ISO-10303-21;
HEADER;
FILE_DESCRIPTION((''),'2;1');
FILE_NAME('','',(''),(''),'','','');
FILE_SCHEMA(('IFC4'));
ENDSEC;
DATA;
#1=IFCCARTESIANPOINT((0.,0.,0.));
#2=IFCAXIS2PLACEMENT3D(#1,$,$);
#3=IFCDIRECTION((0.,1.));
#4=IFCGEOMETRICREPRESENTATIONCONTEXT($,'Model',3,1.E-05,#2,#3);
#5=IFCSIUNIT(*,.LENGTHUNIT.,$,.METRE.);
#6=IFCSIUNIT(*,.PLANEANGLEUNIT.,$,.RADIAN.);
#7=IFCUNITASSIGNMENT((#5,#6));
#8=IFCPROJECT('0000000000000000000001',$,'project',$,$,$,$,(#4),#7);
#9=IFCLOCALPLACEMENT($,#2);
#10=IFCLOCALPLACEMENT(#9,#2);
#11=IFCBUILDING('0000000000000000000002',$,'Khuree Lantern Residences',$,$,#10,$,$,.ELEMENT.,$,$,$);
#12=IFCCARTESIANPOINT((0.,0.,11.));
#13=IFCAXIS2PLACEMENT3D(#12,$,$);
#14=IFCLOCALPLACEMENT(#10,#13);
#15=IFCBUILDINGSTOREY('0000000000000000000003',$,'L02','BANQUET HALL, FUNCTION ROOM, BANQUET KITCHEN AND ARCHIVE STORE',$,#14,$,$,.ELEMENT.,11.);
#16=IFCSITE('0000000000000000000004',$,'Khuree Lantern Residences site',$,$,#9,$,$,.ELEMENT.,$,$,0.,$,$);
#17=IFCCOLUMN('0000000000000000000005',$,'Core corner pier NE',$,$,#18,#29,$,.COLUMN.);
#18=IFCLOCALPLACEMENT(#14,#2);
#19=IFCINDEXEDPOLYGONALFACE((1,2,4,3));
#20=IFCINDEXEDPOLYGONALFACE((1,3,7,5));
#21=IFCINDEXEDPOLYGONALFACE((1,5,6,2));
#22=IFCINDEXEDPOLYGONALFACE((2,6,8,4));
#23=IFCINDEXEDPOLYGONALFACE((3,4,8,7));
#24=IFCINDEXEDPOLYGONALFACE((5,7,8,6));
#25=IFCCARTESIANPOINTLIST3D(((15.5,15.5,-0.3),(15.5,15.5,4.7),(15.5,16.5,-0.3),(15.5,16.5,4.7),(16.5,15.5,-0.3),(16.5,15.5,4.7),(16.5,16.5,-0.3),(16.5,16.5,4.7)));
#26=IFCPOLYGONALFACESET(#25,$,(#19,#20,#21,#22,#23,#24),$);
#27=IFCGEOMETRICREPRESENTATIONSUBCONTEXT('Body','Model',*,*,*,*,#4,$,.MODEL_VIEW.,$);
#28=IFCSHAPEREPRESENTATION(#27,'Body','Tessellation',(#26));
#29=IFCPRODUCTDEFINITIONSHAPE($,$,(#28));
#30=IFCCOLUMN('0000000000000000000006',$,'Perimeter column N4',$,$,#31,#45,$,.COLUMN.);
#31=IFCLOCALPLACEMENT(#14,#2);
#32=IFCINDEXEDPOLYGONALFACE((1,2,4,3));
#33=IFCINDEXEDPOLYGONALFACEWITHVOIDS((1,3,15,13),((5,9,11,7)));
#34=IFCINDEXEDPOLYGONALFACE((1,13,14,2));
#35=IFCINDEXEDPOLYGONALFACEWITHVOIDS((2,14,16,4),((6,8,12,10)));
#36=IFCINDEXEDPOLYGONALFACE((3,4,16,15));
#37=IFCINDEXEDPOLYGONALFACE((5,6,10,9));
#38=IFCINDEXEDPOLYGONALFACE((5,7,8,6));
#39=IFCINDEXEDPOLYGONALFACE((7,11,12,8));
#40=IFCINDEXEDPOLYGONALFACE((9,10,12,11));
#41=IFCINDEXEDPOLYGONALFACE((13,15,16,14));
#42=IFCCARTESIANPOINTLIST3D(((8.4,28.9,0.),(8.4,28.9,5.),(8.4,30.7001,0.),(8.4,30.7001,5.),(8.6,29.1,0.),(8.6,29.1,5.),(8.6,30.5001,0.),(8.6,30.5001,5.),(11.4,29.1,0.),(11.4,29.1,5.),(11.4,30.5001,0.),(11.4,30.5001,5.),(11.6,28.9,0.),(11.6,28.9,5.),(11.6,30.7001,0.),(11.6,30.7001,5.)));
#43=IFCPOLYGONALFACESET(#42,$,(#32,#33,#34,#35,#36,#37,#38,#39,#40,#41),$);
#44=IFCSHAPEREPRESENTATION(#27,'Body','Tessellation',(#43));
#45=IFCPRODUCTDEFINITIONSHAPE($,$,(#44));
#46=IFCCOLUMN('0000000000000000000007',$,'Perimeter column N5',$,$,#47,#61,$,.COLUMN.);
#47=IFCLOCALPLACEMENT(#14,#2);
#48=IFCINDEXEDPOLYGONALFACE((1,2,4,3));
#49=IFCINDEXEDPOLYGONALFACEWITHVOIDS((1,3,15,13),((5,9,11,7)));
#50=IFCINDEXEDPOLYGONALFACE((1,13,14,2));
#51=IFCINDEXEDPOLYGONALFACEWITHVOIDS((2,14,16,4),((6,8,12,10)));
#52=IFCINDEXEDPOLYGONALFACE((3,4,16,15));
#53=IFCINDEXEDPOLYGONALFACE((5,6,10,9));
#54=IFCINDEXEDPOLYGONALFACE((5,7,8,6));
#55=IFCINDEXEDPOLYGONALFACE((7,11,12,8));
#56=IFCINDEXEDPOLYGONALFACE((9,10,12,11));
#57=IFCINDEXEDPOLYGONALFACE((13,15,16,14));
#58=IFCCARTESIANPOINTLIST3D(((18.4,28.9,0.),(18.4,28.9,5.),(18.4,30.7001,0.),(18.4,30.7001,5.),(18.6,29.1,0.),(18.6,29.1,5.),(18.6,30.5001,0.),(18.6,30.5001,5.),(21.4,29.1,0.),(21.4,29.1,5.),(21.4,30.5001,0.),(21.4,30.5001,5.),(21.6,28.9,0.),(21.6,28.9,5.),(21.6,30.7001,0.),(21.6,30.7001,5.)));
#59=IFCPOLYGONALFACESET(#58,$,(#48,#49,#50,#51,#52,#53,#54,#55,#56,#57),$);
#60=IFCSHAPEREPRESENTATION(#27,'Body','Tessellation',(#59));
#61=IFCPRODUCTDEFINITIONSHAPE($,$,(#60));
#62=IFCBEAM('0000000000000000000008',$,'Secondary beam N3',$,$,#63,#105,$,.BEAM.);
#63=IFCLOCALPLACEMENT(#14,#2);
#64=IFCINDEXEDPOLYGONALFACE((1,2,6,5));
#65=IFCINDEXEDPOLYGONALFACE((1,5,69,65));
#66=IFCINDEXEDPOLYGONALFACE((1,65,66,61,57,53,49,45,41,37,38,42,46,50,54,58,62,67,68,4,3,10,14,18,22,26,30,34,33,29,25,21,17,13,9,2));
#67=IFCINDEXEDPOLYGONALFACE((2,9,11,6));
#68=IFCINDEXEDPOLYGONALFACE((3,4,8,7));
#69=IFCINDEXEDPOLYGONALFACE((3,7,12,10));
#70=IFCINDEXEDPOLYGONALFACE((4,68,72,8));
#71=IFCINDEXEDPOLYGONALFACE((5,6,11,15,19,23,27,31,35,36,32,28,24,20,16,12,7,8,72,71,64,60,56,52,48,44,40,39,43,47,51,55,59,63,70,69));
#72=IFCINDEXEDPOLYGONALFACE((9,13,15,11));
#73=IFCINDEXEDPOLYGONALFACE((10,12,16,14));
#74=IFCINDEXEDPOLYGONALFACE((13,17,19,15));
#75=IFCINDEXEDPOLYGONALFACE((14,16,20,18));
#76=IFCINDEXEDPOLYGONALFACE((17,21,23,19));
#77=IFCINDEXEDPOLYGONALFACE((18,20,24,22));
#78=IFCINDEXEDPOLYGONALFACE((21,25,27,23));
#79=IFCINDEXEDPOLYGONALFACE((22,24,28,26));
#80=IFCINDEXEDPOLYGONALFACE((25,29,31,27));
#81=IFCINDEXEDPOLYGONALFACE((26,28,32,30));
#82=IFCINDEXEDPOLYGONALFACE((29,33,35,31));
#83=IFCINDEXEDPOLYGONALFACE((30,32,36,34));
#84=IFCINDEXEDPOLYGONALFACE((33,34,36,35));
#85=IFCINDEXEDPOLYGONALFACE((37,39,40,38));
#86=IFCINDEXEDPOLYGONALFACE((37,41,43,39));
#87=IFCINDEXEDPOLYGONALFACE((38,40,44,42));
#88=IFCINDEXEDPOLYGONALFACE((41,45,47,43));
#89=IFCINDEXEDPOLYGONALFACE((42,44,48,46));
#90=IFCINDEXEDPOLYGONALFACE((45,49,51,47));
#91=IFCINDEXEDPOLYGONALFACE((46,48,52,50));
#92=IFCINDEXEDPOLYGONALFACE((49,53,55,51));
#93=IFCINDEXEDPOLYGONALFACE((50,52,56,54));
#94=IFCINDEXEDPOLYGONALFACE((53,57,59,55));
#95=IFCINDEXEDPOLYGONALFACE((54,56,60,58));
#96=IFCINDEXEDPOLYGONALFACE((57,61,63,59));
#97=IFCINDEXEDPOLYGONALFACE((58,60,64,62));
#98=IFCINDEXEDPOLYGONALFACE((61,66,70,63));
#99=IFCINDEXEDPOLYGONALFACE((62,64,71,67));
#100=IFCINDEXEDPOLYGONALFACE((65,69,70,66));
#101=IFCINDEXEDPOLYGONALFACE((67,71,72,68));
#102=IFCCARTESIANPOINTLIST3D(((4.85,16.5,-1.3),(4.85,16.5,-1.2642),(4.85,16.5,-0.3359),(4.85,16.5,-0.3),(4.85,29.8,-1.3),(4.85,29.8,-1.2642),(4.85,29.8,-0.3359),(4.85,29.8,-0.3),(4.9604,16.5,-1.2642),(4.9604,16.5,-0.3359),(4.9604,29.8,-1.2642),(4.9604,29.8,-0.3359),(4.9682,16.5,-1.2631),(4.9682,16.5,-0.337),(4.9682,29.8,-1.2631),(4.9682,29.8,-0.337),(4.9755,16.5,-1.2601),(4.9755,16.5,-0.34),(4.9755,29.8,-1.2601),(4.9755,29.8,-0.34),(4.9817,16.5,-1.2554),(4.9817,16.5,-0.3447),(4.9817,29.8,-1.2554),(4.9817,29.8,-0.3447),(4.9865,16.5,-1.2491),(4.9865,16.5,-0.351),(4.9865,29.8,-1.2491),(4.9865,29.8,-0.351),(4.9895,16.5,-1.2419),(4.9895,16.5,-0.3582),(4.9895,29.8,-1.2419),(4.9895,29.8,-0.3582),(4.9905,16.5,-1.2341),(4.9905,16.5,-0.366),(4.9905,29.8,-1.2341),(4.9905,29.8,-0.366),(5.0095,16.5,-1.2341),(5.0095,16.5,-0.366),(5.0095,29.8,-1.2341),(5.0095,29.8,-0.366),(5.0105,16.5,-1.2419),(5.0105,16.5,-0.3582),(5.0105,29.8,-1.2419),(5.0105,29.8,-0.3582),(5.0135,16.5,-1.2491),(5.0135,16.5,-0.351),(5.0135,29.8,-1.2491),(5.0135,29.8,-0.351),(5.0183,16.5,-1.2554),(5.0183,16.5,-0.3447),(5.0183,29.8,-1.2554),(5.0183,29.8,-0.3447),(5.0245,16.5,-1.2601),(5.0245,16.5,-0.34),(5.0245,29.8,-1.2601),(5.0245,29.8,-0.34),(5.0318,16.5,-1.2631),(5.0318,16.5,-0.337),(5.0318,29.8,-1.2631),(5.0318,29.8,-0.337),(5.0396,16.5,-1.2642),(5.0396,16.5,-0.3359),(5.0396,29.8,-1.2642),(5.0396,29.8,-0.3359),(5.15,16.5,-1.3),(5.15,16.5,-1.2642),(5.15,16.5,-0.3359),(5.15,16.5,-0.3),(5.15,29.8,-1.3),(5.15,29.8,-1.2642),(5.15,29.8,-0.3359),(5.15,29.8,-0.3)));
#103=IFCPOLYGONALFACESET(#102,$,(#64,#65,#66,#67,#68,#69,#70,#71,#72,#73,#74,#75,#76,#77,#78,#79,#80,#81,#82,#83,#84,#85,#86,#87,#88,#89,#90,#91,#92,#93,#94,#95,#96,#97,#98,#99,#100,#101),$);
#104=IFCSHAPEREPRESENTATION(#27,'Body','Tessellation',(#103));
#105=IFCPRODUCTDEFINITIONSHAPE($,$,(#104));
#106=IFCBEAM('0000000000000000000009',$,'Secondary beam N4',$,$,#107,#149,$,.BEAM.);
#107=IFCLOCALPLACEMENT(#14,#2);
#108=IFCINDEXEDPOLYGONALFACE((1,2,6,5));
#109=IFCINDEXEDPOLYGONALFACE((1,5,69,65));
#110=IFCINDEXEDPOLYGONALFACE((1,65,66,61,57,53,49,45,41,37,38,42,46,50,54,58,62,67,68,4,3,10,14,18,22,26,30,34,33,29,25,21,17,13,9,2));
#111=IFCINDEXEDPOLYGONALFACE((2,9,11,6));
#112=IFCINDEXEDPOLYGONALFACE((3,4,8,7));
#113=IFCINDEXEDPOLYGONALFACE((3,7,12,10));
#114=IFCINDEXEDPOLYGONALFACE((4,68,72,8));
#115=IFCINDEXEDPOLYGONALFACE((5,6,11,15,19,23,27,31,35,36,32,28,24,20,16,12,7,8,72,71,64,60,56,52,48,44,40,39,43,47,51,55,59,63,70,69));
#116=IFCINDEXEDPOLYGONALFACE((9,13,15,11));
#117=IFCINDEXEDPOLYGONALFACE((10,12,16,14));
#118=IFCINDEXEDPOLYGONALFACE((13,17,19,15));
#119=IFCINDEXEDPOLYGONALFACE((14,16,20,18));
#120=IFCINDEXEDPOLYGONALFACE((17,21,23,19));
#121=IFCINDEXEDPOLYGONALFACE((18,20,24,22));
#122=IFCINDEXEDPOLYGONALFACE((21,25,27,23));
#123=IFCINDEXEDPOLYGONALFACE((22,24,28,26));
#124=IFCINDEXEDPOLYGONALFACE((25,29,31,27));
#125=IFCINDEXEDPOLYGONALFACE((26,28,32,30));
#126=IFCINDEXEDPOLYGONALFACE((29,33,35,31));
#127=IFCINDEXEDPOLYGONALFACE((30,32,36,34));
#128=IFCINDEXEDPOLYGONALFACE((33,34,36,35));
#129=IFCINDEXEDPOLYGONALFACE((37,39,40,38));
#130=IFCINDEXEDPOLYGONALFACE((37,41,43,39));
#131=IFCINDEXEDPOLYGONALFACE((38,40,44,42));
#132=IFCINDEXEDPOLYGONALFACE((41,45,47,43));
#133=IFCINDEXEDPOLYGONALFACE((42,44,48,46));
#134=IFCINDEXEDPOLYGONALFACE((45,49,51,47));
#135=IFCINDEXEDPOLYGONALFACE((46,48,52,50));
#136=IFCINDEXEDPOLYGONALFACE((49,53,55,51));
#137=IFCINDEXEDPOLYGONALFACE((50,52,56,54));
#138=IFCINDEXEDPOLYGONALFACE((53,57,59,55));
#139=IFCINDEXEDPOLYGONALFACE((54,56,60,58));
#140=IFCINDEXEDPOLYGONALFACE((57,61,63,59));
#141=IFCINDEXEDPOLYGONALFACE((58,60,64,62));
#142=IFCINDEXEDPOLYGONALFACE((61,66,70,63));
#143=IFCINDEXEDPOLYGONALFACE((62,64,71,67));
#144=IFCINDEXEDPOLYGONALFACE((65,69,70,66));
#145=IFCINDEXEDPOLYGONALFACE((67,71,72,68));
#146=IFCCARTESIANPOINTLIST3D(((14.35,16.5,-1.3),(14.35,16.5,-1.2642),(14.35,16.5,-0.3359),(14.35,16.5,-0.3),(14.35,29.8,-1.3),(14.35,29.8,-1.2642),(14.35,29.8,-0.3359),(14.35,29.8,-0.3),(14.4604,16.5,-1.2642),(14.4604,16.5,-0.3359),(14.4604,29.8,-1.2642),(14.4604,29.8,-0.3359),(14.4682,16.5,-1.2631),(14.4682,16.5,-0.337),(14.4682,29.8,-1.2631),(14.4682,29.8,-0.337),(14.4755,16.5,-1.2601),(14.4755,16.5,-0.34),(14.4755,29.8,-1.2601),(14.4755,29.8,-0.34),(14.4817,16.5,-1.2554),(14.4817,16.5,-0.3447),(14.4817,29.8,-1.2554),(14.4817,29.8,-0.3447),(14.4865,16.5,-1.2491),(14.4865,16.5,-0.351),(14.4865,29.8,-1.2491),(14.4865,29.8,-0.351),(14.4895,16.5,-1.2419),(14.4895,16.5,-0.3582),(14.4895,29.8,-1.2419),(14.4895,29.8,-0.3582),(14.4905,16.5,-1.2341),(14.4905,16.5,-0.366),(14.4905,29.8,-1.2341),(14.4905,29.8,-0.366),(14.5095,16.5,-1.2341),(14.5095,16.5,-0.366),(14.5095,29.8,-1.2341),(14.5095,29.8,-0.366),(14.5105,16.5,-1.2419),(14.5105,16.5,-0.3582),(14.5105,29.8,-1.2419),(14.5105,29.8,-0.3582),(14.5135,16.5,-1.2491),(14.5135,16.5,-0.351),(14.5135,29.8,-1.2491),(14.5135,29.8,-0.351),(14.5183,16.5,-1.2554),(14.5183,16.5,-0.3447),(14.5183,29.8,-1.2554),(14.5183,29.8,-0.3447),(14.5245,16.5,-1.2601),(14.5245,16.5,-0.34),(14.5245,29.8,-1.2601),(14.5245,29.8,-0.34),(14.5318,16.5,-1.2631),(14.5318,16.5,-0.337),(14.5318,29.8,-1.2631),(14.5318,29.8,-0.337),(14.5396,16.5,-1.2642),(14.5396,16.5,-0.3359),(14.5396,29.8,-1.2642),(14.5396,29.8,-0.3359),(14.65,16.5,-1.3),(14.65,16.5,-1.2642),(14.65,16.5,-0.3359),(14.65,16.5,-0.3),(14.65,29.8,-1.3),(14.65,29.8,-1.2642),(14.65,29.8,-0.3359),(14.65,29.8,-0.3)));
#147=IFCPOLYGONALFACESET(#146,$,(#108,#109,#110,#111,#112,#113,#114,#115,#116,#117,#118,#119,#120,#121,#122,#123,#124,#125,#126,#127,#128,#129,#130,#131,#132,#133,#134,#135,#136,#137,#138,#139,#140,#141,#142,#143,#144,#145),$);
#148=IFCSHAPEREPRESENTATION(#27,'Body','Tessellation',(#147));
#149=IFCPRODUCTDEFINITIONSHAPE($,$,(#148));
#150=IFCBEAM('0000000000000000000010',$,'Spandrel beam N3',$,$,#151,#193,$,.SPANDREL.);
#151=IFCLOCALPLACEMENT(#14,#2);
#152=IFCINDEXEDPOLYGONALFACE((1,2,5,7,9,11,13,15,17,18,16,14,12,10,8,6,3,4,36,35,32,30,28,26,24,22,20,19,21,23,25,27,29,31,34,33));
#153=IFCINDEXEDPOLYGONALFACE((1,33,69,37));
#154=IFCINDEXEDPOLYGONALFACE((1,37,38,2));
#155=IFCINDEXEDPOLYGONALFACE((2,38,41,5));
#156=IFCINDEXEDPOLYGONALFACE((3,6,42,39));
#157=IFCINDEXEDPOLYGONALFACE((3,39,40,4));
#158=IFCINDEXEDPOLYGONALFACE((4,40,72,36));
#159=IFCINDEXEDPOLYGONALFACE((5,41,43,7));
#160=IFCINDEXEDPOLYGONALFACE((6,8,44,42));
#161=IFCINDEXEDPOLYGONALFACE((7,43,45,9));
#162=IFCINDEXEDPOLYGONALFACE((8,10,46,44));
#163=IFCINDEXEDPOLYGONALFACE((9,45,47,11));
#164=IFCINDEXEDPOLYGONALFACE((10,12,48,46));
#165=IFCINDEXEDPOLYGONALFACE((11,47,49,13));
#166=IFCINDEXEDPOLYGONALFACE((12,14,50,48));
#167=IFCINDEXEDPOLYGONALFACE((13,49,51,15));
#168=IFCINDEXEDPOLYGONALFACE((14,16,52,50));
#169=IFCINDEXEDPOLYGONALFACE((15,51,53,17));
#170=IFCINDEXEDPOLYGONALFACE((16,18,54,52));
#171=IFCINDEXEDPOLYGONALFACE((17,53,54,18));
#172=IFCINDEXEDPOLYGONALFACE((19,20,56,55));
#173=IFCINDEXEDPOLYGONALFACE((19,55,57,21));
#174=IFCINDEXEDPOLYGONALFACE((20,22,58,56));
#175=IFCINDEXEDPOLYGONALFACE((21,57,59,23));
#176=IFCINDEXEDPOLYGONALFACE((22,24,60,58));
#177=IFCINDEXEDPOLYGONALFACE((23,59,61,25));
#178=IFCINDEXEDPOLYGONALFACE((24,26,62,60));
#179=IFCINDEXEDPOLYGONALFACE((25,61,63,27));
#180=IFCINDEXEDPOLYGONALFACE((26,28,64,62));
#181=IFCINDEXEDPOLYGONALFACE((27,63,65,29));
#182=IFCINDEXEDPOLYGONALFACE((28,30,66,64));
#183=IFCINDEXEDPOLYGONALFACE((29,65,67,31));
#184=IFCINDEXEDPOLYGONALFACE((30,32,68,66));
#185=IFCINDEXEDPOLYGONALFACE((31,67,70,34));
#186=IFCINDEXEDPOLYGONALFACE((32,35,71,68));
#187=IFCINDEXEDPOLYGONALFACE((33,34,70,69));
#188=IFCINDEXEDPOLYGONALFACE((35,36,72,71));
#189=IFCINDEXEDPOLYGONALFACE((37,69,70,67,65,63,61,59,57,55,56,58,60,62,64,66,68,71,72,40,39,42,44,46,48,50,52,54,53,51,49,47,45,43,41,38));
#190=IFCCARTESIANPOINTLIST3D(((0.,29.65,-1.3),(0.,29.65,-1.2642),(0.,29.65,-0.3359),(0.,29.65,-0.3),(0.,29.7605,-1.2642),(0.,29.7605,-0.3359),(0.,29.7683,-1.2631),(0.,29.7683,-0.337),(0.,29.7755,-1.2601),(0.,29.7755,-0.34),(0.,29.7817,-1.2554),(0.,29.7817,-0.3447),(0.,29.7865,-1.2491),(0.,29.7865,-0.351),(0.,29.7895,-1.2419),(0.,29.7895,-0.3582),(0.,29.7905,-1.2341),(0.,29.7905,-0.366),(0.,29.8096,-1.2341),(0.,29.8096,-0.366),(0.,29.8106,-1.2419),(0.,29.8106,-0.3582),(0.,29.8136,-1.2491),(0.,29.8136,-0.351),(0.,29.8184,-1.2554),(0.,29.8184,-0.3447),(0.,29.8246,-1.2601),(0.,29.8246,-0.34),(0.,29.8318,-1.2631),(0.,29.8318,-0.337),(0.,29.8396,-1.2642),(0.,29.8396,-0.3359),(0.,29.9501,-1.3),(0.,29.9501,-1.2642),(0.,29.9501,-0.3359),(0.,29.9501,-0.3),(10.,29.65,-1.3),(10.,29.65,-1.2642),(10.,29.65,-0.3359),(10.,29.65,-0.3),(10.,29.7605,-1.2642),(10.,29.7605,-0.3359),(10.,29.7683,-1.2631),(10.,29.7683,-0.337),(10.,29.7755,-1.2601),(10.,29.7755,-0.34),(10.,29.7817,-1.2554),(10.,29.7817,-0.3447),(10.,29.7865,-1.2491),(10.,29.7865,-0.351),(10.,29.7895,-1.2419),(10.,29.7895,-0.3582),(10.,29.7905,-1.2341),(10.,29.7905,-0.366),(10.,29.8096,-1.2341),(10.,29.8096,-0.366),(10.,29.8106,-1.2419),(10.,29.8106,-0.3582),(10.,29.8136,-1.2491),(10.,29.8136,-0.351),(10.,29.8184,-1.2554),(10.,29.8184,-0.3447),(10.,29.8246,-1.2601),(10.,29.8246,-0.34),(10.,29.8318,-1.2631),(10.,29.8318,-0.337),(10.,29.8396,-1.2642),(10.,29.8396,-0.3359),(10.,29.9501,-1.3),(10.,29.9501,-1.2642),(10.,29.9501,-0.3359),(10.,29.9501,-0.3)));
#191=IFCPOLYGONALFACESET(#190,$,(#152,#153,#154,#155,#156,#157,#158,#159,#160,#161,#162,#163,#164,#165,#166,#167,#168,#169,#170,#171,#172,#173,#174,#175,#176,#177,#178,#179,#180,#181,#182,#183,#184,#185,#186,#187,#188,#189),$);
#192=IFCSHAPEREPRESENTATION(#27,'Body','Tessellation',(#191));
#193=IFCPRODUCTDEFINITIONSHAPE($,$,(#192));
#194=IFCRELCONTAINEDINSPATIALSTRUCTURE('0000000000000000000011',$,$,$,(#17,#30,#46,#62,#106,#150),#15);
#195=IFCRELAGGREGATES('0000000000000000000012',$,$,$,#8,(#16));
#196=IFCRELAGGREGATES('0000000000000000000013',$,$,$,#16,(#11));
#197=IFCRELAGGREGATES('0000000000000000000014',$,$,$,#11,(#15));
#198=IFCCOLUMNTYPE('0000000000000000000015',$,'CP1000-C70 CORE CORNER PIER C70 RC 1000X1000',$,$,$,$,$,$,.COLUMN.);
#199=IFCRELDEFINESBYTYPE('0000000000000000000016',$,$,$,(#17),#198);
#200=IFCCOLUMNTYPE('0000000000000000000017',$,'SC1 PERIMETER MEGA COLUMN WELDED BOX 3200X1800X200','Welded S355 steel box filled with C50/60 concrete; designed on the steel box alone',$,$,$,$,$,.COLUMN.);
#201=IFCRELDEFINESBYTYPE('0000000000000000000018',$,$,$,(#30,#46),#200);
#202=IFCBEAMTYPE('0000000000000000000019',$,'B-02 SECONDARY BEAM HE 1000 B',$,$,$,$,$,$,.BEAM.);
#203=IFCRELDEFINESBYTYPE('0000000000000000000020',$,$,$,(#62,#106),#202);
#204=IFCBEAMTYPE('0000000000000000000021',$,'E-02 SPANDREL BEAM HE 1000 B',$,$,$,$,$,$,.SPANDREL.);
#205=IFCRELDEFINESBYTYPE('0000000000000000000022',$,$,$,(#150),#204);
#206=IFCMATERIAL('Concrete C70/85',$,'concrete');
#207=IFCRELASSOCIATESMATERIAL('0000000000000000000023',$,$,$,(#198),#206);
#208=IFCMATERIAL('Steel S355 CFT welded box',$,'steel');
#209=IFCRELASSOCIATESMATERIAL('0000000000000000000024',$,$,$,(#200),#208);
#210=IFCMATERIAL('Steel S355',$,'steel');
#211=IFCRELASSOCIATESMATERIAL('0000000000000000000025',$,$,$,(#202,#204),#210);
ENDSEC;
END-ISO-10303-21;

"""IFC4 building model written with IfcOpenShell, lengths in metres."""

from ifc_helpers import new_model, si_unit, direction, frame, origin, origin_2d, place, context, subcontext, project, spatial, rectangle, hollow_rectangle, i_section, extrude, material, material_profile, profile_set, type_object, element, save


model = new_model("IFC4")

# Units and contexts
model_context = context("Model", 3, precision=1e-05, world=origin(), true_north=direction((0.0, 1.0)))
body_context = subcontext(model_context, "Body", "Model", "MODEL_VIEW")
ifc_project = project(units=[si_unit("LENGTHUNIT", "METRE"), si_unit("PLANEANGLEUNIT", "RADIAN")], contexts=[model_context])

# Site, building, storey
site_placement = place(None, origin())
site = spatial("IfcSite", under=ifc_project, at=site_placement, Name="Khuree Lantern Residences site", CompositionType="ELEMENT", RefElevation=0.0)
building_placement = place(site_placement, origin())
building = spatial("IfcBuilding", under=site, at=building_placement, Name="Khuree Lantern Residences", CompositionType="ELEMENT")
storey_placement = place(building_placement, frame((0.0, 0.0, 11.0)))
storey = spatial("IfcBuildingStorey", under=building, at=storey_placement, Name="L02", Description="BANQUET HALL, FUNCTION ROOM, BANQUET KITCHEN AND ARCHIVE STORE", CompositionType="ELEMENT", Elevation=11.0)

# Columns
ifc_material_1 = material(Name="Concrete C70/85", Category="concrete")
ifc_material_profile_1 = material_profile(ifc_material_1, rectangle(XDim=1.0, YDim=1.0, at=origin_2d()), Name="RC 1000X1000")
ifc_profile_set_1 = profile_set([ifc_material_profile_1], Name="Concrete C70/85")
column_type_1 = type_object("IfcColumnType", Name="CP1000-C70 CORE CORNER PIER C70 RC 1000X1000", PredefinedType="COLUMN", material=ifc_profile_set_1)
column_placement = place(storey_placement, frame((16.0, 16.0, -0.3), z_axis=(0.0, 0.0, 1.0), x_axis=(1.0, 0.0, 0.0)))
element("IfcColumn", 1, at=column_placement, inside=storey, type_object=column_type_1, Name="Core corner pier NE", PredefinedType="COLUMN", context=body_context, shape_type="SweptSolid", body=[
    extrude(rectangle(XDim=1.0, YDim=1.0, at=origin_2d()), origin(), (0.0, 0.0, 1.0), 5.0),
])
ifc_material_2 = material(Name="Steel S355 CFT welded box", Category="steel")
ifc_material_profile_2 = material_profile(ifc_material_2, hollow_rectangle(XDim=3.2, YDim=1.8, WallThickness=0.2, at=origin_2d()), Name="WELDED BOX 3200X1800X200")
ifc_profile_set_2 = profile_set([ifc_material_profile_2], Name="Steel S355 CFT welded box")
column_type_2 = type_object("IfcColumnType", Name="SC1 PERIMETER MEGA COLUMN WELDED BOX 3200X1800X200", Description="Welded S355 steel box filled with C50/60 concrete; designed on the steel box alone", PredefinedType="COLUMN", material=ifc_profile_set_2)
for number, where, z_axis, x_axis, name in (
    (2, (10.0, 29.8, 0.0), (0.0, 0.0, 1.0), (1.0, 0.0, 0.0), "Perimeter column N4"),
    (3, (20.0, 29.8, 0.0), (0.0, 0.0, 1.0), (1.0, 0.0, 0.0), "Perimeter column N5"),
):
    element("IfcColumn", number, at=place(storey_placement, frame(where, z_axis=z_axis, x_axis=x_axis)), inside=storey, type_object=column_type_2, Name=name, PredefinedType="COLUMN", context=body_context, shape_type="SweptSolid", body=[
        extrude(hollow_rectangle(XDim=3.2, YDim=1.8, WallThickness=0.2, at=origin_2d()), origin(), (0.0, 0.0, 1.0), 5.0),
    ])

# Beams
ifc_material_3 = material(Name="Steel S355", Category="steel")
ifc_material_profile_3 = material_profile(ifc_material_3, i_section(OverallWidth=0.3, OverallDepth=1.0, WebThickness=0.019, FlangeThickness=0.0359, FilletRadius=0.03, at=origin_2d()), Name="HE 1000 B")
ifc_profile_set_3 = profile_set([ifc_material_profile_3], Name="Steel S355")
beam_type_1 = type_object("IfcBeamType", Name="B-02 SECONDARY BEAM HE 1000 B", PredefinedType="BEAM", material=ifc_profile_set_3)
for number, where, z_axis, x_axis, name in (
    (4, (5.0, 29.8, -0.8), (0.0, -1.0, 0.0), (1.0, 0.0, 0.0), "Secondary beam N3"),
    (5, (14.5, 29.8, -0.8), (0.0, -1.0, 0.0), (1.0, 0.0, 0.0), "Secondary beam N4"),
):
    element("IfcBeam", number, at=place(storey_placement, frame(where, z_axis=z_axis, x_axis=x_axis)), inside=storey, type_object=beam_type_1, Name=name, PredefinedType="BEAM", context=body_context, shape_type="SweptSolid", body=[
        extrude(i_section(OverallWidth=0.3, OverallDepth=1.0, WebThickness=0.019, FlangeThickness=0.0359, FilletRadius=0.03, at=origin_2d()), origin(), (0.0, 0.0, 1.0), 13.3),
    ])
ifc_material_profile_4 = material_profile(ifc_material_3, i_section(OverallWidth=0.3, OverallDepth=1.0, WebThickness=0.019, FlangeThickness=0.0359, FilletRadius=0.03, at=origin_2d()), Name="HE 1000 B")
ifc_profile_set_4 = profile_set([ifc_material_profile_4], Name="Steel S355")
beam_type_2 = type_object("IfcBeamType", Name="E-02 SPANDREL BEAM HE 1000 B", PredefinedType="SPANDREL", material=ifc_profile_set_4)
for number, where, z_axis, x_axis, name in (
    (6, (0.0, 29.8, -0.8), (1.0, 0.0, 0.0), (0.0, 1.0, 0.0), "Spandrel beam N3"),
):
    element("IfcBeam", number, at=place(storey_placement, frame(where, z_axis=z_axis, x_axis=x_axis)), inside=storey, type_object=beam_type_2, Name=name, PredefinedType="SPANDREL", context=body_context, shape_type="SweptSolid", body=[
        extrude(i_section(OverallWidth=0.3, OverallDepth=1.0, WebThickness=0.019, FlangeThickness=0.0359, FilletRadius=0.03, at=origin_2d()), origin(), (0.0, 0.0, 1.0), 10.0),
    ])

save(model, "model.ifc")
